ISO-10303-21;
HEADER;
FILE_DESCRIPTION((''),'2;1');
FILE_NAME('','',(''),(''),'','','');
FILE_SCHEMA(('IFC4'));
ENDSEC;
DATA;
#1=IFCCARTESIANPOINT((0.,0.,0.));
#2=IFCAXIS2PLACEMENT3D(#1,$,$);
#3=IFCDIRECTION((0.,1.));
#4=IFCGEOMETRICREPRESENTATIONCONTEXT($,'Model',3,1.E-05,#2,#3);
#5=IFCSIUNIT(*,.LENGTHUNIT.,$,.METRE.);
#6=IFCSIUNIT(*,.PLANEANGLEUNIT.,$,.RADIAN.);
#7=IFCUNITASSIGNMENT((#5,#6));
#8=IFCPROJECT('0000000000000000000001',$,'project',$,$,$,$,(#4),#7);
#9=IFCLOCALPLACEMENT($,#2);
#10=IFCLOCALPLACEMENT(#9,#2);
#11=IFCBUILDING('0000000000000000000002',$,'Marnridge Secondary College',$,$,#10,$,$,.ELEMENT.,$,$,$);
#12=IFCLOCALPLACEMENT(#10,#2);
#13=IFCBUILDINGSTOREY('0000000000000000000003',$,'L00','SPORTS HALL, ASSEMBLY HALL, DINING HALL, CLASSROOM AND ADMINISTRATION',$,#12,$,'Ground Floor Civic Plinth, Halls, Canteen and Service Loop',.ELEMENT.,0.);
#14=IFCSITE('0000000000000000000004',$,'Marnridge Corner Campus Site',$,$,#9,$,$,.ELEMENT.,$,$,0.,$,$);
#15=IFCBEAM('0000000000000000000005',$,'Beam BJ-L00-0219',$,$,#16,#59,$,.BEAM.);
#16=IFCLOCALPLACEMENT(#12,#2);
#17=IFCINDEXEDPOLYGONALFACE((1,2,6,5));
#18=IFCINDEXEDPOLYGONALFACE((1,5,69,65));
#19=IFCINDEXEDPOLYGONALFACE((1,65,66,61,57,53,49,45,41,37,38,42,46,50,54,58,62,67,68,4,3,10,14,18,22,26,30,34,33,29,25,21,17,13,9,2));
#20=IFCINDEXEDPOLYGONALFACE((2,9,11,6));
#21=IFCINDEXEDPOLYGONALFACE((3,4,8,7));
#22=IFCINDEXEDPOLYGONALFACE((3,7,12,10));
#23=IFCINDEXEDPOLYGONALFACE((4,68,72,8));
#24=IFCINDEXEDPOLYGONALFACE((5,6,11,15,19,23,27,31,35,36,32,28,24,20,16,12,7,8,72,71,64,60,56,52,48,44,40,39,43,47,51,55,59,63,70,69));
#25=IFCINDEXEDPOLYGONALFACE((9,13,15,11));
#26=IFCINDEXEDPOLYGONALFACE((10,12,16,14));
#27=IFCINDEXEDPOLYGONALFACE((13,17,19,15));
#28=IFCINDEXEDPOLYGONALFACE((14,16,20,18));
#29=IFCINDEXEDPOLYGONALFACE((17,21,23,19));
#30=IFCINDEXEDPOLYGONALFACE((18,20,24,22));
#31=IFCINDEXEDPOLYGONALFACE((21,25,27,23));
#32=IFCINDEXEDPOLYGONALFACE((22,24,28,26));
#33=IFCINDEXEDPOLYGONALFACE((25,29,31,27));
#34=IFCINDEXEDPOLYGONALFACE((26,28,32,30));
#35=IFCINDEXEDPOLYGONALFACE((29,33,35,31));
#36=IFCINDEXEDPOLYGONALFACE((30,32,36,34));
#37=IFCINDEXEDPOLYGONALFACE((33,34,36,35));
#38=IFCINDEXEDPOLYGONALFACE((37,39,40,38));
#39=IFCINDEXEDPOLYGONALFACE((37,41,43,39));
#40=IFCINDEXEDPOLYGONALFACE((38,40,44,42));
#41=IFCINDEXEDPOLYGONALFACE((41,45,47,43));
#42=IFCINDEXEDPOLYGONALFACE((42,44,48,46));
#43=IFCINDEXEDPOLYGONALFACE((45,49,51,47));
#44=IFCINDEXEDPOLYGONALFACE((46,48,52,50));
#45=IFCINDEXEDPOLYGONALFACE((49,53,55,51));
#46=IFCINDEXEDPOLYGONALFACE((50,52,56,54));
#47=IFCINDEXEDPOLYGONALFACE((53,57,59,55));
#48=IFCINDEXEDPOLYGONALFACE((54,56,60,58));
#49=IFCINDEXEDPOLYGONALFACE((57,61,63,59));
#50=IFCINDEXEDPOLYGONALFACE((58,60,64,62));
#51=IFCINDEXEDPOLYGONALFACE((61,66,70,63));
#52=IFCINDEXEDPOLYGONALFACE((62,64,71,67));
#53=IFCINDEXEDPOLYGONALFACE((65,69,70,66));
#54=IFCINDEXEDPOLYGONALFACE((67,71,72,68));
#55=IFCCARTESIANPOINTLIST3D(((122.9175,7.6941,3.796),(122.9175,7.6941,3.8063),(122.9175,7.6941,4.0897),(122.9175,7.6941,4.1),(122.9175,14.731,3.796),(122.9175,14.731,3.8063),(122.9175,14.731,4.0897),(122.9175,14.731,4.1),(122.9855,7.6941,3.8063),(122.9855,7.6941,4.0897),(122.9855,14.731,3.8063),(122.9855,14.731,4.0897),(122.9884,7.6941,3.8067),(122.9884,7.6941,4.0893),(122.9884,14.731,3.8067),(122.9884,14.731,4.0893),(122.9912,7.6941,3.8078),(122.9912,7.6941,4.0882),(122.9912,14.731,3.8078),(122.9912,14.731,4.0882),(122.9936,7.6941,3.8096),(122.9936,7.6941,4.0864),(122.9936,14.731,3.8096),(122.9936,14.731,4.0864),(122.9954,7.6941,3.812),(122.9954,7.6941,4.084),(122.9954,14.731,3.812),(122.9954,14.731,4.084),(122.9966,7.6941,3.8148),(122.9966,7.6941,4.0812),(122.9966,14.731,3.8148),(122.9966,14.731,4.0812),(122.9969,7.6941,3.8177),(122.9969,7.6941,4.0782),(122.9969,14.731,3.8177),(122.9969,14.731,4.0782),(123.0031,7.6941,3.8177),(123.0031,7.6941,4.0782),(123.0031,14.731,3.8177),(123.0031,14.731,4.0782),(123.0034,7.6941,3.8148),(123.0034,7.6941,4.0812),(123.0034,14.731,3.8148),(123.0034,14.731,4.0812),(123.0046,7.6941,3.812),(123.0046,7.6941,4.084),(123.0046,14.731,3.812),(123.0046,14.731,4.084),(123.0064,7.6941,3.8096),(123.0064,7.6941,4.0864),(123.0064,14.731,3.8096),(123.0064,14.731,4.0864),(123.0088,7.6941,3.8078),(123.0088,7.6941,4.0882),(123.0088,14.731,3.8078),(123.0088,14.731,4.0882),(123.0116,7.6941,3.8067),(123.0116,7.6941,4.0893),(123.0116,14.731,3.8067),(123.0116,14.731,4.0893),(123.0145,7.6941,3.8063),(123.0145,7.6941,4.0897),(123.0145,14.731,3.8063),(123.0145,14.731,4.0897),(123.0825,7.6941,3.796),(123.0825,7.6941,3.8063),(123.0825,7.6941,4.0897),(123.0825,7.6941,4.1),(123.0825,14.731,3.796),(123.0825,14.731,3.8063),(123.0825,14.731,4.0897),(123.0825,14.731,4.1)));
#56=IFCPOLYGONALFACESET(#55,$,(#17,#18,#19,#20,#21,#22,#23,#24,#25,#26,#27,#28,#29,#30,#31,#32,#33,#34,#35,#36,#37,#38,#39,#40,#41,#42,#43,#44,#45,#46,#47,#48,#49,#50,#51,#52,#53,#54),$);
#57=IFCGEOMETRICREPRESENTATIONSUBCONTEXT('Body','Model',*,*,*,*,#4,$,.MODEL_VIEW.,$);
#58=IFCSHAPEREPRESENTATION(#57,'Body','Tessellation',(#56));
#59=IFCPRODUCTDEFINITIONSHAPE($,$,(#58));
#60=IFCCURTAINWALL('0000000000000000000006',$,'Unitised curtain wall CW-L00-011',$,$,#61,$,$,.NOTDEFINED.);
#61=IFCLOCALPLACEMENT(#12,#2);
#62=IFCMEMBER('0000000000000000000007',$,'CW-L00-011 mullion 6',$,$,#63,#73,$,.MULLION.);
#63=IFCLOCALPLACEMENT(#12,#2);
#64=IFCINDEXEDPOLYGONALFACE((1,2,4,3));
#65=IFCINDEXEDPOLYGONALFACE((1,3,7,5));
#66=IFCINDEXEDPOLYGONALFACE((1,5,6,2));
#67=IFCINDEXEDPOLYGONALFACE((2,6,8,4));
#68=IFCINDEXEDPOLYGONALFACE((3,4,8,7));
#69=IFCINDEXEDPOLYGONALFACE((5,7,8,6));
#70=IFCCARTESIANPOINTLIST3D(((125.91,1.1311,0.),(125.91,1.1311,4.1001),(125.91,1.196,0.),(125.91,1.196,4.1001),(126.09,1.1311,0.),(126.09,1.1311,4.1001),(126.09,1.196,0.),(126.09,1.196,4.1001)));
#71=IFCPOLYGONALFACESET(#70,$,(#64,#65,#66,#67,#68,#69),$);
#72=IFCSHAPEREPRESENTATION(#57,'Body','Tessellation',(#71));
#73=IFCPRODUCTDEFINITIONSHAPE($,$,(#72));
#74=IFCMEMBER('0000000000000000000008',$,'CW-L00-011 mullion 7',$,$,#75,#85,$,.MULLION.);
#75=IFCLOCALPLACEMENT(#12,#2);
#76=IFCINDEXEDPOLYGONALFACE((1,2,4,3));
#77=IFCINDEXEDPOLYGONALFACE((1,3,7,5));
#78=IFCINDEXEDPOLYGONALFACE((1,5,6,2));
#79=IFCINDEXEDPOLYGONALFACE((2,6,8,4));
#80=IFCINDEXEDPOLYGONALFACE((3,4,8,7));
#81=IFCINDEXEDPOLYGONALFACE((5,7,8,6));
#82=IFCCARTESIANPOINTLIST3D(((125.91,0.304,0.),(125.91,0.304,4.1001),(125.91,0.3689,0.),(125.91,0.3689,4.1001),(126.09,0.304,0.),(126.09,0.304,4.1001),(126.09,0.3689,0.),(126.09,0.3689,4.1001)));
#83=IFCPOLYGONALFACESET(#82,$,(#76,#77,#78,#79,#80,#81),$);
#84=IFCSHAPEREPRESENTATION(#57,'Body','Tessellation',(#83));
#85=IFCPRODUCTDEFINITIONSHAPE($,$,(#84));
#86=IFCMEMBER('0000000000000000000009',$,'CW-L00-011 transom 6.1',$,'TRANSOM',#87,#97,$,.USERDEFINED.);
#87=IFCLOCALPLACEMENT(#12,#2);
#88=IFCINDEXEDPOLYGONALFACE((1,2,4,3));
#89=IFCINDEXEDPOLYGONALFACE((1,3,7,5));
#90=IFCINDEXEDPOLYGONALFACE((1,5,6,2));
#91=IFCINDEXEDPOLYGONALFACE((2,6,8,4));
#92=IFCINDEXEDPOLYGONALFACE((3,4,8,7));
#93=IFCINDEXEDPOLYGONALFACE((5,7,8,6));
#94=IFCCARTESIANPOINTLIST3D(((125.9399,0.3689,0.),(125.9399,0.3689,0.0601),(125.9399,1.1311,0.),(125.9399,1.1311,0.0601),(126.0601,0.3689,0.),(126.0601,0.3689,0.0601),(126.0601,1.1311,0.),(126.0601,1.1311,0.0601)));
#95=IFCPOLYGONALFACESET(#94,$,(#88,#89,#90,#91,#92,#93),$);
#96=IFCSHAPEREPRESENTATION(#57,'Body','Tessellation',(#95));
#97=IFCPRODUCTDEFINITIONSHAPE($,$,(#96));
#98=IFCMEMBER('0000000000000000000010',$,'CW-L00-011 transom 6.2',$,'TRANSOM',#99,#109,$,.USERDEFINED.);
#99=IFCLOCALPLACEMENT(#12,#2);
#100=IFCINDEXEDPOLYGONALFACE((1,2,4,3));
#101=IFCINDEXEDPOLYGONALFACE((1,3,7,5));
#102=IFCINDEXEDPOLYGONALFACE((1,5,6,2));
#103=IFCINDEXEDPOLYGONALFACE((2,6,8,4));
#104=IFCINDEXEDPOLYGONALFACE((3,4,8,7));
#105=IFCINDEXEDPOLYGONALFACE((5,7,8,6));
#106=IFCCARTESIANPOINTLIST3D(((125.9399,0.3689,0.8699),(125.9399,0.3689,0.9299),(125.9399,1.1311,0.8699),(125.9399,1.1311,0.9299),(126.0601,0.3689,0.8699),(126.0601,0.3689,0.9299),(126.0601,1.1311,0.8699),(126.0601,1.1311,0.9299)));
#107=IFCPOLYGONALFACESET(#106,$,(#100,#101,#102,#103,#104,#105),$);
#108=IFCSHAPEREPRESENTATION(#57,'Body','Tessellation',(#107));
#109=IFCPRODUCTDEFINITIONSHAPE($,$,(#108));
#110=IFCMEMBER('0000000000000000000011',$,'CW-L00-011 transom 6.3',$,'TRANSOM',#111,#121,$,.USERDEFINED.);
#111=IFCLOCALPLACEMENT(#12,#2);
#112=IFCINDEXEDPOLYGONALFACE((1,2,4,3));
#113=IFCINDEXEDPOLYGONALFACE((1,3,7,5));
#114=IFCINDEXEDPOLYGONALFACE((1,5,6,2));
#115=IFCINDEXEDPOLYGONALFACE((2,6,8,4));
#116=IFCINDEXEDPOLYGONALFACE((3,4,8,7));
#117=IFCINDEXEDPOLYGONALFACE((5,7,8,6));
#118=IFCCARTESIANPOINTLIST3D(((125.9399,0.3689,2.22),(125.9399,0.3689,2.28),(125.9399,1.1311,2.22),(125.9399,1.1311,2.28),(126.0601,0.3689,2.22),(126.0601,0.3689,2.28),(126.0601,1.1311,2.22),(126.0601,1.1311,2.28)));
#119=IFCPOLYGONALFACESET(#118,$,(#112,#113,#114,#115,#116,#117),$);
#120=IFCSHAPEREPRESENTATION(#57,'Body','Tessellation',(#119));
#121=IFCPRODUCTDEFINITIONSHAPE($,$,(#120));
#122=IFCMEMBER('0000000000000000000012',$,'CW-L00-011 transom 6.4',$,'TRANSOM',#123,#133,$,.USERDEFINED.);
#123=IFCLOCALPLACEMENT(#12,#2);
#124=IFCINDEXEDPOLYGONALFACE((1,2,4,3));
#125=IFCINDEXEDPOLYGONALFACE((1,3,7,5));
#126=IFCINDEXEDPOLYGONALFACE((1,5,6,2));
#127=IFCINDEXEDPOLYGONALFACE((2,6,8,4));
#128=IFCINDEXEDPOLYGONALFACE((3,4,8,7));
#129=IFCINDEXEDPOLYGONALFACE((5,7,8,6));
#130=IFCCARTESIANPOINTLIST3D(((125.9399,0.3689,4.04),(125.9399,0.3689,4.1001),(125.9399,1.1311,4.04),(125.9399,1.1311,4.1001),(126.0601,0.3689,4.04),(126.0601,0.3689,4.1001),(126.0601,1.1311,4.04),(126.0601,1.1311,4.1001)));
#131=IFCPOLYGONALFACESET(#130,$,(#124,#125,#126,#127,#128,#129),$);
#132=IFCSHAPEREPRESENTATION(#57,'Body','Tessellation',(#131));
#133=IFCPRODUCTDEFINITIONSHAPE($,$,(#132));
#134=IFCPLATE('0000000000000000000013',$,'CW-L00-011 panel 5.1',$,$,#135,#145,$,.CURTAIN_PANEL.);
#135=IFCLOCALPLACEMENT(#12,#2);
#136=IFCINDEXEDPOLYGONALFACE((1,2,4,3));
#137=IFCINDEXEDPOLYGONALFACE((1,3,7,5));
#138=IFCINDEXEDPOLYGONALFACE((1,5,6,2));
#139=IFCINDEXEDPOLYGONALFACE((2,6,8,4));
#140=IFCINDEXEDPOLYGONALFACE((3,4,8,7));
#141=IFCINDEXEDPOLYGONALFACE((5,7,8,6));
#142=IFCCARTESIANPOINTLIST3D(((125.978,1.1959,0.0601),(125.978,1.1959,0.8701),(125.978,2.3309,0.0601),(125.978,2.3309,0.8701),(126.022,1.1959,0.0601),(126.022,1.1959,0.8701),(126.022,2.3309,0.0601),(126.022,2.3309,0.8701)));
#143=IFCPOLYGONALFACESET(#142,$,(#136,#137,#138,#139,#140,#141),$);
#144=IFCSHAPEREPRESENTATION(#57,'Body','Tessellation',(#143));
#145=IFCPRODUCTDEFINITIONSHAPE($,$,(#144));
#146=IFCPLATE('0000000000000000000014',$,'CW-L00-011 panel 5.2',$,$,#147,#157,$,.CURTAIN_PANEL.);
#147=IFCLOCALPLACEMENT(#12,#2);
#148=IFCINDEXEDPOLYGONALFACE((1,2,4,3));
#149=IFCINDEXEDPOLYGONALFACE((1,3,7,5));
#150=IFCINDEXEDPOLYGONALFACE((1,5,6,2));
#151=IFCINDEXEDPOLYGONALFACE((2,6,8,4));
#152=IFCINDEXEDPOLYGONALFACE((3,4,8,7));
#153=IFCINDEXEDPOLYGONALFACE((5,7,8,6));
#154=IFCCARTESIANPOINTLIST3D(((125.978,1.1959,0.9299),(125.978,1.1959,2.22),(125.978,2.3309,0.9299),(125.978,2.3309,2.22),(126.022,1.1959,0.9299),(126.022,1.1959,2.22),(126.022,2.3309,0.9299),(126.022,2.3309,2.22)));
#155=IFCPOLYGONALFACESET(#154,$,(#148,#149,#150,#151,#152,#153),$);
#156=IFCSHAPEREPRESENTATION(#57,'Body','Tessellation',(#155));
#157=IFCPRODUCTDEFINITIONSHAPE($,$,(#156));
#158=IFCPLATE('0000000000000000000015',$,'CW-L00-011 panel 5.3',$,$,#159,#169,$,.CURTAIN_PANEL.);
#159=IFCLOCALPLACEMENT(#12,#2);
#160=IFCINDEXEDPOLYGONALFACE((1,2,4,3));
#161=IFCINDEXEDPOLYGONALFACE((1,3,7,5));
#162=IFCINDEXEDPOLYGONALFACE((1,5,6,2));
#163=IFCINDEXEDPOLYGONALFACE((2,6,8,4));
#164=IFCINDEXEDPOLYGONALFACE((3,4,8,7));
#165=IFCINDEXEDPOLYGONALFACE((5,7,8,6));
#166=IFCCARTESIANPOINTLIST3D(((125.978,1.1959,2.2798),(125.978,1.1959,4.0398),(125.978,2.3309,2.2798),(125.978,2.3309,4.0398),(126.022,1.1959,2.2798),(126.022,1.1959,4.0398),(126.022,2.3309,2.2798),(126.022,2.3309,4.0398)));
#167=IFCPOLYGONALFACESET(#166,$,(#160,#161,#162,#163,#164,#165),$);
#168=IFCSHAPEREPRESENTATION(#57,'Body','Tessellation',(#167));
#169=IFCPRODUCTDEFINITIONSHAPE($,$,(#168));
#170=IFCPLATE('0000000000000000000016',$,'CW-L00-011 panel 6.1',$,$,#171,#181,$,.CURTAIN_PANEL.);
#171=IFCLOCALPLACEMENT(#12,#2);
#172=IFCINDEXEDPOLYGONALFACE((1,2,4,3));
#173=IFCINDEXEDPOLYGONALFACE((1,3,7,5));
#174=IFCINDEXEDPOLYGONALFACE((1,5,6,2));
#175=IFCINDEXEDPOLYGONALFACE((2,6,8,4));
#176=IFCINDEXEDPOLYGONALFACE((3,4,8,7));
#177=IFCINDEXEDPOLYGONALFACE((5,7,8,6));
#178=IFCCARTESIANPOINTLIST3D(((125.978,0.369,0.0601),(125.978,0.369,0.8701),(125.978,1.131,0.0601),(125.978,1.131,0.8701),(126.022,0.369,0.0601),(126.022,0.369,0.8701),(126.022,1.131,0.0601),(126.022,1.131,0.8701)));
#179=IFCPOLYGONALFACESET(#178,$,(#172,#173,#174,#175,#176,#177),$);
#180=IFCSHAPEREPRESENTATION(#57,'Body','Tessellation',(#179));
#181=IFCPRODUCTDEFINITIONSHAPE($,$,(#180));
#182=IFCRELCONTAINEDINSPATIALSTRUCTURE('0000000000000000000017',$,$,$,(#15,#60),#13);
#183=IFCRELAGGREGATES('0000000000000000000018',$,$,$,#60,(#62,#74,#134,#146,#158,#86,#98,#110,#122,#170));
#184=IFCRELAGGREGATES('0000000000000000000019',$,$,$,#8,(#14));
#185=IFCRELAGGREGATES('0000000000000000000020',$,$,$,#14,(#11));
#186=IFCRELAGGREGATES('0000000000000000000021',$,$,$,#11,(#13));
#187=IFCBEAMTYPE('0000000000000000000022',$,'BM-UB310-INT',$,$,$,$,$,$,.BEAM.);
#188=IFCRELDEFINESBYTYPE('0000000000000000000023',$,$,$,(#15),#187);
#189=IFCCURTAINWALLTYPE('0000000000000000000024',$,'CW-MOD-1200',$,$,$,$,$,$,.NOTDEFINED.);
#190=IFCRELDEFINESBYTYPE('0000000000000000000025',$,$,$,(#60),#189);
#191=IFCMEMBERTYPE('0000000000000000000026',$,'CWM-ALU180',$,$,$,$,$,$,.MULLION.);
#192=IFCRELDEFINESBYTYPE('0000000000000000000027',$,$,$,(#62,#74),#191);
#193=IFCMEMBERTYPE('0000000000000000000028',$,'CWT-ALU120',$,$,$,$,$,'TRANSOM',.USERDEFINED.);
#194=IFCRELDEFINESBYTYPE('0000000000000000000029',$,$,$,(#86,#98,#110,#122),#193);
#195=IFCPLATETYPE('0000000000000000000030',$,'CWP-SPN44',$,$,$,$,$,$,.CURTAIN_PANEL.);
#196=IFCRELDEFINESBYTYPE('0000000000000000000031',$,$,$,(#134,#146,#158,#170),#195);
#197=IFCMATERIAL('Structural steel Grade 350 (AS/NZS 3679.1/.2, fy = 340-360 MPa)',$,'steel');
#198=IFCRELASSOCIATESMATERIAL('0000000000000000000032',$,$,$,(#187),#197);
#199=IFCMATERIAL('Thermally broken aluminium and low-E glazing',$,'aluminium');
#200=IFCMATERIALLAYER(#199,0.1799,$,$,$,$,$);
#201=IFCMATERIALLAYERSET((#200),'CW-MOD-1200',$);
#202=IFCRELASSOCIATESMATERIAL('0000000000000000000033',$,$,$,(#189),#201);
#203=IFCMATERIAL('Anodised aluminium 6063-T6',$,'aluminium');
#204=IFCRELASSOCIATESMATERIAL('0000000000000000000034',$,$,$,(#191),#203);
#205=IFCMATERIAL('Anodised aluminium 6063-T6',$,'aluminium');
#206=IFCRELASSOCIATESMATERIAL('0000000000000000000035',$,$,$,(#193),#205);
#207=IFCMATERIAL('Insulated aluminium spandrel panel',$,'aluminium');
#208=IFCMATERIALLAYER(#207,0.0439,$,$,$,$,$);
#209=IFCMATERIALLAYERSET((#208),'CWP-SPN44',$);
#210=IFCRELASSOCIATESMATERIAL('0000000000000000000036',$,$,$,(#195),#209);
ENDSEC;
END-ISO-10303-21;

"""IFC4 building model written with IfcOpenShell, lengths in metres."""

from ifc_helpers import new_model, si_unit, direction, frame, origin, origin_2d, place, context, subcontext, project, spatial, rectangle, i_section, extrude, material, layer, layer_set, material_profile, profile_set, type_object, element, aggregate, save


model = new_model("IFC4")

# Units and contexts
model_context = context("Model", 3, precision=1e-05, world=origin(), true_north=direction((0.0, 1.0)))
body_context = subcontext(model_context, "Body", "Model", "MODEL_VIEW")
ifc_project = project(units=[si_unit("LENGTHUNIT", "METRE"), si_unit("PLANEANGLEUNIT", "RADIAN")], contexts=[model_context])

# Site, building, storey
site_placement = place(None, origin())
site = spatial("IfcSite", under=ifc_project, at=site_placement, Name="Marnridge Corner Campus Site", CompositionType="ELEMENT", RefElevation=0.0)
building_placement = place(site_placement, origin())
building = spatial("IfcBuilding", under=site, at=building_placement, Name="Marnridge Secondary College", CompositionType="ELEMENT")
storey_placement = place(building_placement, origin())
storey = spatial("IfcBuildingStorey", under=building, at=storey_placement, Name="L00", Description="SPORTS HALL, ASSEMBLY HALL, DINING HALL, CLASSROOM AND ADMINISTRATION", LongName="Ground Floor Civic Plinth, Halls, Canteen and Service Loop", CompositionType="ELEMENT", Elevation=0.0)

# Beam
ifc_material_1 = material(Name="Structural steel Grade 350 (AS/NZS 3679.1/.2, fy = 340-360 MPa)", Category="steel")
ifc_material_profile_1 = material_profile(ifc_material_1, i_section(OverallWidth=0.165, OverallDepth=0.304, WebThickness=0.0061, FlangeThickness=0.0103, FilletRadius=0.0115, at=origin_2d()), Name="310UB40.4")
ifc_profile_set_1 = profile_set([ifc_material_profile_1], Name="Structural steel Grade 350 (AS/NZS 3679.1/.2, fy = 340-360 MPa)")
beam_type = type_object("IfcBeamType", Name="BM-UB310-INT", PredefinedType="BEAM", material=ifc_profile_set_1)
for number, where, z_axis, x_axis, name in (
    (1, (123.0, 7.6941, 3.948), (0.0, 1.0, 0.0), (-1.0, 0.0, 0.0), "Beam BJ-L00-0219"),
):
    element("IfcBeam", number, at=place(storey_placement, frame(where, z_axis=z_axis, x_axis=x_axis)), inside=storey, type_object=beam_type, Name=name, PredefinedType="BEAM", context=body_context, shape_type="SweptSolid", body=[
        extrude(i_section(OverallWidth=0.165, OverallDepth=0.304, WebThickness=0.0061, FlangeThickness=0.0103, FilletRadius=0.0115, at=origin_2d()), origin(), (0.0, 0.0, 1.0), 7.0369),
    ])

# Curtain wall, members, plates
ifc_material_2 = material(Name="Thermally broken aluminium and low-E glazing", Category="aluminium")
ifc_layer_1 = layer(ifc_material_2, 0.1799)
ifc_layer_set_1 = layer_set([ifc_layer_1], Name="CW-MOD-1200")
curtain_wall_type = type_object("IfcCurtainWallType", Name="CW-MOD-1200", PredefinedType="NOTDEFINED", material=ifc_layer_set_1)
curtain_wall_placement = place(storey_placement, origin())
curtain_wall = element("IfcCurtainWall", 2, at=curtain_wall_placement, inside=storey, type_object=curtain_wall_type, Name="Unitised curtain wall CW-L00-011", PredefinedType="NOTDEFINED")
ifc_material_3 = material(Name="Anodised aluminium 6063-T6", Category="aluminium")
ifc_material_profile_2 = material_profile(ifc_material_3, rectangle(XDim=0.0649, YDim=0.1799, at=origin_2d()), Name="ALU 65x180")
ifc_profile_set_2 = profile_set([ifc_material_profile_2], Name="Anodised aluminium 6063-T6")
member_type_1 = type_object("IfcMemberType", Name="CWM-ALU180", PredefinedType="MULLION", material=ifc_profile_set_2)
member_1_placement = place(storey_placement, frame((126.0, 1.1636, 0.0), z_axis=(0.0, 0.0, 1.0), x_axis=(0.0, -1.0, 0.0)))
member_1 = element("IfcMember", 3, at=member_1_placement, type_object=member_type_1, Name="CW-L00-011 mullion 6", PredefinedType="MULLION", context=body_context, shape_type="SweptSolid", body=[
    extrude(rectangle(XDim=0.0649, YDim=0.1799, at=origin_2d()), origin(), (0.0, 0.0, 1.0), 4.1001),
])
member_2_placement = place(storey_placement, frame((126.0, 0.3364, 0.0), z_axis=(0.0, 0.0, 1.0), x_axis=(0.0, -1.0, 0.0)))
member_2 = element("IfcMember", 4, at=member_2_placement, type_object=member_type_1, Name="CW-L00-011 mullion 7", PredefinedType="MULLION", context=body_context, shape_type="SweptSolid", body=[
    extrude(rectangle(XDim=0.0649, YDim=0.1799, at=origin_2d()), origin(), (0.0, 0.0, 1.0), 4.1001),
])
ifc_material_4 = material(Name="Anodised aluminium 6063-T6", Category="aluminium")
ifc_material_profile_3 = material_profile(ifc_material_4, rectangle(XDim=0.0601, YDim=0.1201, at=origin_2d()), Name="ALU 60x120")
ifc_profile_set_3 = profile_set([ifc_material_profile_3], Name="Anodised aluminium 6063-T6")
member_type_2 = type_object("IfcMemberType", Name="CWT-ALU120", ElementType="TRANSOM", PredefinedType="USERDEFINED", material=ifc_profile_set_3)
member_3_placement = place(storey_placement, frame((126.0, 1.1311, 0.03), z_axis=(0.0, -1.0, 0.0), x_axis=(0.0, 0.0, 1.0)))
member_3 = element("IfcMember", 5, at=member_3_placement, type_object=member_type_2, Name="CW-L00-011 transom 6.1", ObjectType="TRANSOM", PredefinedType="USERDEFINED", context=body_context, shape_type="SweptSolid", body=[
    extrude(rectangle(XDim=0.0601, YDim=0.1201, at=origin_2d()), origin(), (0.0, 0.0, 1.0), 0.7622),
])
member_4_placement = place(storey_placement, frame((126.0, 1.1311, 0.8999), z_axis=(0.0, -1.0, 0.0), x_axis=(0.0, 0.0, 1.0)))
member_4 = element("IfcMember", 6, at=member_4_placement, type_object=member_type_2, Name="CW-L00-011 transom 6.2", ObjectType="TRANSOM", PredefinedType="USERDEFINED", context=body_context, shape_type="SweptSolid", body=[
    extrude(rectangle(XDim=0.0601, YDim=0.1201, at=origin_2d()), origin(), (0.0, 0.0, 1.0), 0.7622),
])
member_5_placement = place(storey_placement, frame((126.0, 1.1311, 2.25), z_axis=(0.0, -1.0, 0.0), x_axis=(0.0, 0.0, 1.0)))
member_5 = element("IfcMember", 7, at=member_5_placement, type_object=member_type_2, Name="CW-L00-011 transom 6.3", ObjectType="TRANSOM", PredefinedType="USERDEFINED", context=body_context, shape_type="SweptSolid", body=[
    extrude(rectangle(XDim=0.0601, YDim=0.1201, at=origin_2d()), origin(), (0.0, 0.0, 1.0), 0.7622),
])
member_6_placement = place(storey_placement, frame((126.0, 1.1311, 4.0701), z_axis=(0.0, -1.0, 0.0), x_axis=(0.0, 0.0, 1.0)))
member_6 = element("IfcMember", 8, at=member_6_placement, type_object=member_type_2, Name="CW-L00-011 transom 6.4", ObjectType="TRANSOM", PredefinedType="USERDEFINED", context=body_context, shape_type="SweptSolid", body=[
    extrude(rectangle(XDim=0.0601, YDim=0.1201, at=origin_2d()), origin(), (0.0, 0.0, 1.0), 0.7622),
])
ifc_material_5 = material(Name="Insulated aluminium spandrel panel", Category="aluminium")
ifc_layer_2 = layer(ifc_material_5, 0.0439)
ifc_layer_set_2 = layer_set([ifc_layer_2], Name="CWP-SPN44")
plate_type = type_object("IfcPlateType", Name="CWP-SPN44", PredefinedType="CURTAIN_PANEL", material=ifc_layer_set_2)
plate_1_placement = place(storey_placement, frame((126.0, 1.7634, 0.0601), z_axis=(0.0, 0.0, 1.0), x_axis=(0.0, -1.0, 0.0)))
plate_1 = element("IfcPlate", 9, at=plate_1_placement, type_object=plate_type, Name="CW-L00-011 panel 5.1", PredefinedType="CURTAIN_PANEL", context=body_context, shape_type="SweptSolid", body=[
    extrude(rectangle(XDim=1.135, YDim=0.0439, at=origin_2d()), origin(), (0.0, 0.0, 1.0), 0.8101),
])
plate_2_placement = place(storey_placement, frame((126.0, 1.7634, 0.9299), z_axis=(0.0, 0.0, 1.0), x_axis=(0.0, -1.0, 0.0)))
plate_2 = element("IfcPlate", 10, at=plate_2_placement, type_object=plate_type, Name="CW-L00-011 panel 5.2", PredefinedType="CURTAIN_PANEL", context=body_context, shape_type="SweptSolid", body=[
    extrude(rectangle(XDim=1.135, YDim=0.0439, at=origin_2d()), origin(), (0.0, 0.0, 1.0), 1.29),
])
plate_3_placement = place(storey_placement, frame((126.0, 1.7634, 2.2798), z_axis=(0.0, 0.0, 1.0), x_axis=(0.0, -1.0, 0.0)))
plate_3 = element("IfcPlate", 11, at=plate_3_placement, type_object=plate_type, Name="CW-L00-011 panel 5.3", PredefinedType="CURTAIN_PANEL", context=body_context, shape_type="SweptSolid", body=[
    extrude(rectangle(XDim=1.135, YDim=0.0439, at=origin_2d()), origin(), (0.0, 0.0, 1.0), 1.76),
])
plate_4_placement = place(storey_placement, frame((126.0, 0.75, 0.0601), z_axis=(0.0, 0.0, 1.0), x_axis=(0.0, -1.0, 0.0)))
plate_4 = element("IfcPlate", 12, at=plate_4_placement, type_object=plate_type, Name="CW-L00-011 panel 6.1", PredefinedType="CURTAIN_PANEL", context=body_context, shape_type="SweptSolid", body=[
    extrude(rectangle(XDim=0.762, YDim=0.0439, at=origin_2d()), origin(), (0.0, 0.0, 1.0), 0.8101),
])
aggregate(curtain_wall, [member_1, member_2, plate_1, plate_2, plate_3, member_3, member_4, member_5, member_6, plate_4])

save(model, "model.ifc")
